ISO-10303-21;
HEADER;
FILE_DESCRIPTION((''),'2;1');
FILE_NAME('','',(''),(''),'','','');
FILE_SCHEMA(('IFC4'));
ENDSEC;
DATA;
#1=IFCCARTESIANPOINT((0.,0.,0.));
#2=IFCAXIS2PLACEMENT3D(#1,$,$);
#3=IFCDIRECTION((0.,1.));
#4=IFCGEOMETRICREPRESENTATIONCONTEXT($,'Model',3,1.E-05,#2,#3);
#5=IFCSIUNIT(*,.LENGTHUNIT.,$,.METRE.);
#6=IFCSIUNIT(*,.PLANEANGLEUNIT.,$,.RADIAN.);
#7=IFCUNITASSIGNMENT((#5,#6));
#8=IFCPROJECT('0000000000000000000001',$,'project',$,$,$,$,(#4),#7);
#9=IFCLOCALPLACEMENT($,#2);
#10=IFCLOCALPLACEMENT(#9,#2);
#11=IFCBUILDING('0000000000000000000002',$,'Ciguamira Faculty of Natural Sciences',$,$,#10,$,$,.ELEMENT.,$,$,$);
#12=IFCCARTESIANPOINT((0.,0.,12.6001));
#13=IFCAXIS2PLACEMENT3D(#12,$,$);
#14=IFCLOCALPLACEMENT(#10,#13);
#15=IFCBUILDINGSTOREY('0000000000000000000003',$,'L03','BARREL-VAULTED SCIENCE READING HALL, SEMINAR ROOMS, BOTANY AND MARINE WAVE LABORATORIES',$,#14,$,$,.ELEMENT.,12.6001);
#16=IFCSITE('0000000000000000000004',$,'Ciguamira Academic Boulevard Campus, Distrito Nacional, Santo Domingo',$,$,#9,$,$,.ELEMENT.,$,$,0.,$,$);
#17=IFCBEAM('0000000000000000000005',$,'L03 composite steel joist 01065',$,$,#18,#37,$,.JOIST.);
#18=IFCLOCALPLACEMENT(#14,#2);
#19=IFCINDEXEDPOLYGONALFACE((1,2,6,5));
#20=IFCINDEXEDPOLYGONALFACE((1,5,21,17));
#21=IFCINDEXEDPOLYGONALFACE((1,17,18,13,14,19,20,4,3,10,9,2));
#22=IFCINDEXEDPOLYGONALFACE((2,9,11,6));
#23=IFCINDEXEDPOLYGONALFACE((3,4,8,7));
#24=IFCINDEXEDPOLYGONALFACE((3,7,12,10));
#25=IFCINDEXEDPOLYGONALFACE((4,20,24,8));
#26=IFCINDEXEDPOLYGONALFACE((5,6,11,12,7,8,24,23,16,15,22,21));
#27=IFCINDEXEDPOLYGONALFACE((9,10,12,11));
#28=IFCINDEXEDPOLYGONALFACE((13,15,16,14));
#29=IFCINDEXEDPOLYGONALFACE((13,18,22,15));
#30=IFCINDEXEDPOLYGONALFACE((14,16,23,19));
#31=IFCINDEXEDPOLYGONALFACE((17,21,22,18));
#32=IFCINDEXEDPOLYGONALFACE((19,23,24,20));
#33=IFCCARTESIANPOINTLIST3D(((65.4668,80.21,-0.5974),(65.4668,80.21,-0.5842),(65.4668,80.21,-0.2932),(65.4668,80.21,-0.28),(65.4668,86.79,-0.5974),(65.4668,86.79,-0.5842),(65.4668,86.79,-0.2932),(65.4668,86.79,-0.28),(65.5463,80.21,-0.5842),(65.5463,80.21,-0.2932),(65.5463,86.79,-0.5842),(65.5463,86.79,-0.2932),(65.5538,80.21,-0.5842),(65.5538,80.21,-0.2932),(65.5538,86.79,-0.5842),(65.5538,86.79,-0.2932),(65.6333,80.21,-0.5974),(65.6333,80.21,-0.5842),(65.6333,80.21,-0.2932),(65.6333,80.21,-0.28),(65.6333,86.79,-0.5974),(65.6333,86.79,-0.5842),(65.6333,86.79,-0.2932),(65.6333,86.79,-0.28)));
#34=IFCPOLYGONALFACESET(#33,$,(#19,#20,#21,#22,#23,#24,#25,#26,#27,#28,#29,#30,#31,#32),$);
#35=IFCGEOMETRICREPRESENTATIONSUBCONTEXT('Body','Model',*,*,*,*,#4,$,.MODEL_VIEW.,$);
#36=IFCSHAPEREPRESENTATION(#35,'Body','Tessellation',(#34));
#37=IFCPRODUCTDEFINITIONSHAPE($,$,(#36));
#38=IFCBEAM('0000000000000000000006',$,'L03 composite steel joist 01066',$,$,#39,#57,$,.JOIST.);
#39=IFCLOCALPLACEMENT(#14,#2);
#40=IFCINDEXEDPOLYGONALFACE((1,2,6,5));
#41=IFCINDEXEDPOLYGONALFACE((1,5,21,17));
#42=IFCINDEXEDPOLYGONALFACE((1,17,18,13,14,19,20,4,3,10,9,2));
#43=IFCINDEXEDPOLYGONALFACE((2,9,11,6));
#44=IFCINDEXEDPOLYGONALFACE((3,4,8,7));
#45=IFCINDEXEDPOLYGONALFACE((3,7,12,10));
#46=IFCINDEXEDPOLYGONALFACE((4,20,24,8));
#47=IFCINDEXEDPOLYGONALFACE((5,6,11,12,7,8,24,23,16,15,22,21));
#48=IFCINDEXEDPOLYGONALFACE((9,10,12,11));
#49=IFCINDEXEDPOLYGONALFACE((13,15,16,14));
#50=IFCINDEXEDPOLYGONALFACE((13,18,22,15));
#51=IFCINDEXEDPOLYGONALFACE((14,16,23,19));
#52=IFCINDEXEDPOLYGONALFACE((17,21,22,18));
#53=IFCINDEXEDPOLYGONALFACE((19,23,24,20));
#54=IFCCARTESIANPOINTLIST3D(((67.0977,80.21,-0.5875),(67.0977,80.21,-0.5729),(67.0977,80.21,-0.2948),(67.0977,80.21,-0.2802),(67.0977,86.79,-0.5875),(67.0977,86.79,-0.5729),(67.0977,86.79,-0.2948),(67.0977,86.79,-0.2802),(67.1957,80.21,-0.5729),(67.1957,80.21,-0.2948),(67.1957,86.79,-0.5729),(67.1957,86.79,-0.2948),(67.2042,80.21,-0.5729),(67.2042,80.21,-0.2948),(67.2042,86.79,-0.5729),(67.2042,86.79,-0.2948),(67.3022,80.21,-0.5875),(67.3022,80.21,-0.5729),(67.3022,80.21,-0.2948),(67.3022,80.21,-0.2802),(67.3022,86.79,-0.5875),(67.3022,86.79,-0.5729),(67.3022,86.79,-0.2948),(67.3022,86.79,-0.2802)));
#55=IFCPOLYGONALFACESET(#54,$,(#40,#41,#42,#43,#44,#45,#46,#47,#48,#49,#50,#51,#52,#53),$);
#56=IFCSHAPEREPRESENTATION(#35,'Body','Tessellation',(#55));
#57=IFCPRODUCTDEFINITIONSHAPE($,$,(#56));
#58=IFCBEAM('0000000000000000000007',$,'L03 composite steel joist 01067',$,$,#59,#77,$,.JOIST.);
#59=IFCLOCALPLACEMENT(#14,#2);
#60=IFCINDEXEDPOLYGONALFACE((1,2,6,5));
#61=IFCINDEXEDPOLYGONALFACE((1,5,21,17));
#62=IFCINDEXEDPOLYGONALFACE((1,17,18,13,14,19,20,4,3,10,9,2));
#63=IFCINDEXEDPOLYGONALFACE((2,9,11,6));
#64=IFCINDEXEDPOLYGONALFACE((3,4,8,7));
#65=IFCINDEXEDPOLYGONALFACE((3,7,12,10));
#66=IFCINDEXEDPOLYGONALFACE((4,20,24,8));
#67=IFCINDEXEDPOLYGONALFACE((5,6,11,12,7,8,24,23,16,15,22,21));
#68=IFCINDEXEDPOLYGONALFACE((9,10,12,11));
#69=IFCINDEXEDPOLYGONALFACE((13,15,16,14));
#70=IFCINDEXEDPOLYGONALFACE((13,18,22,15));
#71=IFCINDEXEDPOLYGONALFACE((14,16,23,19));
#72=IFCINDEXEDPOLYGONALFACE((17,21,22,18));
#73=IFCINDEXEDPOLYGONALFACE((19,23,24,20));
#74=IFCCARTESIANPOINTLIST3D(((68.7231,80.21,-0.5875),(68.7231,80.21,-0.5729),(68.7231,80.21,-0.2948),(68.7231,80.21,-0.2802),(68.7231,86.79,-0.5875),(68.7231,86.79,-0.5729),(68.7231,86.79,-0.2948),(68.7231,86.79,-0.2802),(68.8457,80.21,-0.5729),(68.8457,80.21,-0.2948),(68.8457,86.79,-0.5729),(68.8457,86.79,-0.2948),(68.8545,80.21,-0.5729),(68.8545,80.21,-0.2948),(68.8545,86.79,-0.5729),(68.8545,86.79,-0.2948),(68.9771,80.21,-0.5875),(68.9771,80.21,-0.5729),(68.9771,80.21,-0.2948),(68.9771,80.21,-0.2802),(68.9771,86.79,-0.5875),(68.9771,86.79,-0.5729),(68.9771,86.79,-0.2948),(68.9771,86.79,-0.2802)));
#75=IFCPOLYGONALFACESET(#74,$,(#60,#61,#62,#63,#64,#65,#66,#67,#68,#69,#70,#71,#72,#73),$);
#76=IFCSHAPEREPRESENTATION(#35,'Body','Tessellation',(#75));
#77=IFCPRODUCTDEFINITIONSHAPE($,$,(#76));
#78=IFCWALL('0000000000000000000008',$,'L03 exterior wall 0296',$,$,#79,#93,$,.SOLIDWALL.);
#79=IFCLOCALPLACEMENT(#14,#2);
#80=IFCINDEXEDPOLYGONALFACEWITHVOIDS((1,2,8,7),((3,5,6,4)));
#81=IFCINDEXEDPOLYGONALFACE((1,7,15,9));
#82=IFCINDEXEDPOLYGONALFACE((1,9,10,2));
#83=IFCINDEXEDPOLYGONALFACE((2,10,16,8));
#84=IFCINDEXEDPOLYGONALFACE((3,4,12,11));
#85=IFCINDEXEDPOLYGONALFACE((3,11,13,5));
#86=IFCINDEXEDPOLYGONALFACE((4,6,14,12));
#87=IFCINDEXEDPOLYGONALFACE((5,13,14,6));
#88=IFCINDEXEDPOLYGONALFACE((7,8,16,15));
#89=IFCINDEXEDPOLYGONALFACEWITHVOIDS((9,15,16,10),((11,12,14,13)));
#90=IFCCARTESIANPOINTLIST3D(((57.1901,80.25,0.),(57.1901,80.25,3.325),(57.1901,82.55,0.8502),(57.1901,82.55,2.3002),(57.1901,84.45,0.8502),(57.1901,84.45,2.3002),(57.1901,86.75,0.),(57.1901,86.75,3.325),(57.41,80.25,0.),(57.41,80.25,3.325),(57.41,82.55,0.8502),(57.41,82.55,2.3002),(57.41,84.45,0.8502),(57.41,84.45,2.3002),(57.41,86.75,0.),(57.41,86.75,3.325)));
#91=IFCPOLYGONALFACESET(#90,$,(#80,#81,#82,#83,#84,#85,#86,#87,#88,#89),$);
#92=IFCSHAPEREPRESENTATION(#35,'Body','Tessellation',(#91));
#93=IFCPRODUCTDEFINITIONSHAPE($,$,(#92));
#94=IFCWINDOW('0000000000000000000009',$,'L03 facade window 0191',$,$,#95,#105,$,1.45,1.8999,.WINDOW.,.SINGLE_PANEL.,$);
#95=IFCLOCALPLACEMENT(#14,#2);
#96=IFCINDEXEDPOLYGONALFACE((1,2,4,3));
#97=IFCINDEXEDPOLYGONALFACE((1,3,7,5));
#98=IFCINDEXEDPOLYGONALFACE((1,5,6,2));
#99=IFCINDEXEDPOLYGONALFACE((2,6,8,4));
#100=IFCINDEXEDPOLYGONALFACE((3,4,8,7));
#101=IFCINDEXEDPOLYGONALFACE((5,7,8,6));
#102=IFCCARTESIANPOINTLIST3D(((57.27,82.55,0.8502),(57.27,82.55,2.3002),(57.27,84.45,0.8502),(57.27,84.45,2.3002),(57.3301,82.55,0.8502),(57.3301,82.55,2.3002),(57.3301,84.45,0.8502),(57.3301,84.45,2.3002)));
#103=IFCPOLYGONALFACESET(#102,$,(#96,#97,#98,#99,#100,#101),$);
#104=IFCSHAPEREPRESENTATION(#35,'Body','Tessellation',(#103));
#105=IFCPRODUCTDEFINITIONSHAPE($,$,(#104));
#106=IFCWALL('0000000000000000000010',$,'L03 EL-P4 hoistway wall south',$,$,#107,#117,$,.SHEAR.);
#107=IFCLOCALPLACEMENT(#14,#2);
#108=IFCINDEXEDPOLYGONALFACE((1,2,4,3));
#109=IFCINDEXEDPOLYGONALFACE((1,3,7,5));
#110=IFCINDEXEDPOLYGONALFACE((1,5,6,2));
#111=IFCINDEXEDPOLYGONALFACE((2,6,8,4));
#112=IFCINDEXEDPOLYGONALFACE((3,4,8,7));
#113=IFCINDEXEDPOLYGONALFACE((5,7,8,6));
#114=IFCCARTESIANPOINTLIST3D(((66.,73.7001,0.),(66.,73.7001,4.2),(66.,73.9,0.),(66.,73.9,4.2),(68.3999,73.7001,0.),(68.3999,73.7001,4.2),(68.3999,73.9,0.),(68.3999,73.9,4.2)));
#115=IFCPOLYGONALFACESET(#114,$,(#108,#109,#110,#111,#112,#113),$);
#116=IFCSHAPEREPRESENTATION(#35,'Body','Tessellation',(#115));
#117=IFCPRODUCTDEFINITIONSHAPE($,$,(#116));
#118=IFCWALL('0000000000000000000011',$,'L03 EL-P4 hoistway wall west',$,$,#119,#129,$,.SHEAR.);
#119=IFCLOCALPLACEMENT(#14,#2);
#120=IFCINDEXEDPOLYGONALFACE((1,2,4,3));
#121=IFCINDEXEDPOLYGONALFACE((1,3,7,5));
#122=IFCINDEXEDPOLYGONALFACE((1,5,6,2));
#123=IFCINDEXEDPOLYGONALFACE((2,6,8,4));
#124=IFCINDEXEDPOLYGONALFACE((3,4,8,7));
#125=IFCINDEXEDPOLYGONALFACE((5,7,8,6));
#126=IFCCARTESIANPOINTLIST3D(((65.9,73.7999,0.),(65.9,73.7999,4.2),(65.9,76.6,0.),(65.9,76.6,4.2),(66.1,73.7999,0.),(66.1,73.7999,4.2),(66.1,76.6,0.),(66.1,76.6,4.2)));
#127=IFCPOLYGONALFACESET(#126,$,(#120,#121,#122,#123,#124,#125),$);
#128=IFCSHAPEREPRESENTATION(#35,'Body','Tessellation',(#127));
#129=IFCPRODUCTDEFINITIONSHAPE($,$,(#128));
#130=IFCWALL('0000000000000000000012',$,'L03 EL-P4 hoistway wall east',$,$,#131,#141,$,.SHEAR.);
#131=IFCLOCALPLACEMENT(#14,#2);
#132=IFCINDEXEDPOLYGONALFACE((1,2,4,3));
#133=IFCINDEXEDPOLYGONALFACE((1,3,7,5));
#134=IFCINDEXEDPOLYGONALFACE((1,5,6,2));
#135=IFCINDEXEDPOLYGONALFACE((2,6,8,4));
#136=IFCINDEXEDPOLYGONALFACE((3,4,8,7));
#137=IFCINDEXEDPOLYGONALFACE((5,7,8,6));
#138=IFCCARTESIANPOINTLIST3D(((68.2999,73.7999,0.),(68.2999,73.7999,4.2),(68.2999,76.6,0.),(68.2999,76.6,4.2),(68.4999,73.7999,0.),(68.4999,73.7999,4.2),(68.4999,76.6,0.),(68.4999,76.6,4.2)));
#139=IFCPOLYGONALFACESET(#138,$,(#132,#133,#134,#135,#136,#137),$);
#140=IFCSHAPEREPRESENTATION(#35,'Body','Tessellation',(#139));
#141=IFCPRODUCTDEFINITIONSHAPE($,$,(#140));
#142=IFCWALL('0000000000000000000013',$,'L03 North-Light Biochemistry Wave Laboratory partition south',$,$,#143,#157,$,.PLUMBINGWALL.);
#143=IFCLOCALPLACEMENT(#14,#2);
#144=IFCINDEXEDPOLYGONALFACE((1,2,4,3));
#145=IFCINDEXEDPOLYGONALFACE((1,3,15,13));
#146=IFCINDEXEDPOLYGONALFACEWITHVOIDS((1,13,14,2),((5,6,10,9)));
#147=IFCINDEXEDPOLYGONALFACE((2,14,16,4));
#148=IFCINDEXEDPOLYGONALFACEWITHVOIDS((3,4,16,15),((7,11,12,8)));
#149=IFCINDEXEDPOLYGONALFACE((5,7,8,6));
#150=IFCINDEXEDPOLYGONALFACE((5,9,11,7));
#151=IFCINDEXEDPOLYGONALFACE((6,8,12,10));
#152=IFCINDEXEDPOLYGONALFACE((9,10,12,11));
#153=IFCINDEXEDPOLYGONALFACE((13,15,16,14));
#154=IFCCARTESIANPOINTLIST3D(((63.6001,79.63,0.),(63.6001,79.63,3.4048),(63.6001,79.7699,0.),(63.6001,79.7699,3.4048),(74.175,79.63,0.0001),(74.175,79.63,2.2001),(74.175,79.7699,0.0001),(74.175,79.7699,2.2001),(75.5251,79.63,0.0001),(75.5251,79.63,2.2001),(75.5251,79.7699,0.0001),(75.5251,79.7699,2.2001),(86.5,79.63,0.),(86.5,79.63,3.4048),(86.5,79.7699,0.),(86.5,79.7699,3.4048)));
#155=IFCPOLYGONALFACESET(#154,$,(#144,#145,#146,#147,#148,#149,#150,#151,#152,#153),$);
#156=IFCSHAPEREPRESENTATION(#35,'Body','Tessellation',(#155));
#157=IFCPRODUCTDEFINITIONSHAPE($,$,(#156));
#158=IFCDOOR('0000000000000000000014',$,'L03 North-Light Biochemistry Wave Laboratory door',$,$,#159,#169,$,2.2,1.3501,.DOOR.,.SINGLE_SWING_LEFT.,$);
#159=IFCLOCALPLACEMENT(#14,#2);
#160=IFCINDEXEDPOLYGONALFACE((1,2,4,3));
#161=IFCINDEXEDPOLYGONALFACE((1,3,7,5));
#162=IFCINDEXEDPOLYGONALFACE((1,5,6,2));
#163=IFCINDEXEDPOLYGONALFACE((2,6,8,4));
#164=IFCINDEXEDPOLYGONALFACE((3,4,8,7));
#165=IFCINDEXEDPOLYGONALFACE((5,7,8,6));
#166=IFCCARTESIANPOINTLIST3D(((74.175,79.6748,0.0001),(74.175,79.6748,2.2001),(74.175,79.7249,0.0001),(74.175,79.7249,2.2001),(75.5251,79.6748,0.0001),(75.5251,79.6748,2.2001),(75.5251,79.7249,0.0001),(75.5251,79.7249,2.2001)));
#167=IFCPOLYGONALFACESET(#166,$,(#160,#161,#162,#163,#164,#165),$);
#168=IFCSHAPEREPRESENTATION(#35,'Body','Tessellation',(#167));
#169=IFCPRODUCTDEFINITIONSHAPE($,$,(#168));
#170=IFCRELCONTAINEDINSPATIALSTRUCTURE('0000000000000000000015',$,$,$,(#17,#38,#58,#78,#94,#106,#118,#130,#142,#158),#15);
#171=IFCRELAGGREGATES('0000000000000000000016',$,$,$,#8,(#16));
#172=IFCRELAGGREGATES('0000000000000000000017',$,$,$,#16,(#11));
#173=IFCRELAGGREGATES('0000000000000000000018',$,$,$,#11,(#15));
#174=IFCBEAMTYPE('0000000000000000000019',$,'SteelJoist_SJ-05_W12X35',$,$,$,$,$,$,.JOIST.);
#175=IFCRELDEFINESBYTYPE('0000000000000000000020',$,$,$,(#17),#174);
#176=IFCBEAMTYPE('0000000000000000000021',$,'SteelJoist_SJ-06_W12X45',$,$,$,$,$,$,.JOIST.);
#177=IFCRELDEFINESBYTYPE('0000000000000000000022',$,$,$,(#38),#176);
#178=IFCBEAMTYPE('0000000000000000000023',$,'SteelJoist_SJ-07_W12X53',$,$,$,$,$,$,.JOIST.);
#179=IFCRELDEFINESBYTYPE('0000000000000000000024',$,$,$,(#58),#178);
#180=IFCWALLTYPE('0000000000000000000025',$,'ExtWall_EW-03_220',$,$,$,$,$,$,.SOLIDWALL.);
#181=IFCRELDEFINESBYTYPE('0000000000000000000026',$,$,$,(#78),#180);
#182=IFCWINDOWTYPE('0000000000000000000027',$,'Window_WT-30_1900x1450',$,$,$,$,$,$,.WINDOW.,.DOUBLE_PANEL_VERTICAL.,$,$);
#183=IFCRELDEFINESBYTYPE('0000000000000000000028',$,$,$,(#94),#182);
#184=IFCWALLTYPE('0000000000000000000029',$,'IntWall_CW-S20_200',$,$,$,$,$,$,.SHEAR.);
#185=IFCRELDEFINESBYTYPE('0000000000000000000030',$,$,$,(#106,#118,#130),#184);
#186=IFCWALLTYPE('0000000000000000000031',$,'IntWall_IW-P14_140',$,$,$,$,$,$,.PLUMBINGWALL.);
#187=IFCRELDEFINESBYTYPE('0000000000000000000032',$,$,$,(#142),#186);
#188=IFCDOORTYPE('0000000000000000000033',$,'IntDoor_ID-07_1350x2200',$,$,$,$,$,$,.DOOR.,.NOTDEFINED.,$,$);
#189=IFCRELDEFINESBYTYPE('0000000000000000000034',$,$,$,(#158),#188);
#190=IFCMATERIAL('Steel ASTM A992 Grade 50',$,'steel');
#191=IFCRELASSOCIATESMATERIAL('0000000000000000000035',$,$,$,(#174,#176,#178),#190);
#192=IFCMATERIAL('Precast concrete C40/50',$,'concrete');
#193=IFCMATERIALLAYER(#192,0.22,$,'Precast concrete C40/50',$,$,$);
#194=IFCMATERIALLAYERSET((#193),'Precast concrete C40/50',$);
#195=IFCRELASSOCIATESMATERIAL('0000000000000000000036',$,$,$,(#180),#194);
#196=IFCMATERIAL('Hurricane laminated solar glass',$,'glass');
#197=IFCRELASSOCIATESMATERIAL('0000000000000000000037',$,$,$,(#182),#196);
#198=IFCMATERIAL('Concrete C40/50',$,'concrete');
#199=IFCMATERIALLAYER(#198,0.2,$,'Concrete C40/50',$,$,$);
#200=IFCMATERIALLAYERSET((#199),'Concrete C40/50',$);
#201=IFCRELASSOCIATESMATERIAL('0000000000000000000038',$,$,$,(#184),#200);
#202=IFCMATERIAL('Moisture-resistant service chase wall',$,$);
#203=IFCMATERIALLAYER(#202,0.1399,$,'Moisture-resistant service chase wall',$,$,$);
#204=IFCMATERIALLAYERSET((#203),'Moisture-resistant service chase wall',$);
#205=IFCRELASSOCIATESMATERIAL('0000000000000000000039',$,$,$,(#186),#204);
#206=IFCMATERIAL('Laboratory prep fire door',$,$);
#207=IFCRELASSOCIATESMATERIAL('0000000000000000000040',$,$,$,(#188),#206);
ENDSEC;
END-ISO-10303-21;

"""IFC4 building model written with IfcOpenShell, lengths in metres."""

from ifc_helpers import new_model, si_unit, direction, frame, frame_2d, origin, origin_2d, place, context, subcontext, project, spatial, rectangle, i_section, extrude, material, layer, layer_set, material_profile, profile_set, type_object, element, fill, save


model = new_model("IFC4")

# Units and contexts
model_context = context("Model", 3, precision=1e-05, world=origin(), true_north=direction((0.0, 1.0)))
body_context = subcontext(model_context, "Body", "Model", "MODEL_VIEW")
ifc_project = project(units=[si_unit("LENGTHUNIT", "METRE"), si_unit("PLANEANGLEUNIT", "RADIAN")], contexts=[model_context])

# Site, building, storey
site_placement = place(None, origin())
site = spatial("IfcSite", under=ifc_project, at=site_placement, Name="Ciguamira Academic Boulevard Campus, Distrito Nacional, Santo Domingo", CompositionType="ELEMENT", RefElevation=0.0)
building_placement = place(site_placement, origin())
building = spatial("IfcBuilding", under=site, at=building_placement, Name="Ciguamira Faculty of Natural Sciences", CompositionType="ELEMENT")
storey_placement = place(building_placement, frame((0.0, 0.0, 12.6001)))
storey = spatial("IfcBuildingStorey", under=building, at=storey_placement, Name="L03", Description="BARREL-VAULTED SCIENCE READING HALL, SEMINAR ROOMS, BOTANY AND MARINE WAVE LABORATORIES", CompositionType="ELEMENT", Elevation=12.6001)

# Shared definitions
ifc_material_1 = material(Name="Concrete C40/50", Category="concrete")

# Beams
ifc_material_2 = material(Name="Precast concrete C40/50", Category="concrete")
ifc_material_3 = material(Name="Steel ASTM A992 Grade 50", Category="steel")
ifc_material_profile_1 = material_profile(ifc_material_3, i_section(OverallWidth=0.1665, OverallDepth=0.3174, WebThickness=0.0076, FlangeThickness=0.0132, at=origin_2d()), Name="W12X35")
ifc_profile_set_1 = profile_set([ifc_material_profile_1], Name="Steel ASTM A992 Grade 50")
beam_type_1 = type_object("IfcBeamType", Name="SteelJoist_SJ-05_W12X35", PredefinedType="JOIST", material=ifc_profile_set_1)
beam_1_placement = place(storey_placement, frame((65.55, 80.21, -0.4387), z_axis=(0.0, 1.0, 0.0), x_axis=(-1.0, 0.0, 0.0)))
element("IfcBeam", 1, at=beam_1_placement, inside=storey, type_object=beam_type_1, Name="L03 composite steel joist 01065", PredefinedType="JOIST", context=body_context, shape_type="SweptSolid", body=[
    extrude(i_section(OverallWidth=0.1665, OverallDepth=0.3174, WebThickness=0.0076, FlangeThickness=0.0132, at=origin_2d()), origin(), (0.0, 0.0, 1.0), 6.5801),
])
ifc_material_profile_2 = material_profile(ifc_material_3, i_section(OverallWidth=0.2046, OverallDepth=0.3074, WebThickness=0.0085, FlangeThickness=0.0146, at=origin_2d()), Name="W12X45")
ifc_profile_set_2 = profile_set([ifc_material_profile_2], Name="Steel ASTM A992 Grade 50")
beam_type_2 = type_object("IfcBeamType", Name="SteelJoist_SJ-06_W12X45", PredefinedType="JOIST", material=ifc_profile_set_2)
beam_2_placement = place(storey_placement, frame((67.2, 80.21, -0.4338), z_axis=(0.0, 1.0, 0.0), x_axis=(-1.0, 0.0, 0.0)))
element("IfcBeam", 2, at=beam_2_placement, inside=storey, type_object=beam_type_2, Name="L03 composite steel joist 01066", PredefinedType="JOIST", context=body_context, shape_type="SweptSolid", body=[
    extrude(i_section(OverallWidth=0.2046, OverallDepth=0.3074, WebThickness=0.0085, FlangeThickness=0.0146, at=origin_2d()), origin(), (0.0, 0.0, 1.0), 6.5801),
])
ifc_material_profile_3 = material_profile(ifc_material_3, i_section(OverallWidth=0.2539, OverallDepth=0.3074, WebThickness=0.0088, FlangeThickness=0.0146, at=origin_2d()), Name="W12X53")
ifc_profile_set_3 = profile_set([ifc_material_profile_3], Name="Steel ASTM A992 Grade 50")
beam_type_3 = type_object("IfcBeamType", Name="SteelJoist_SJ-07_W12X53", PredefinedType="JOIST", material=ifc_profile_set_3)
beam_3_placement = place(storey_placement, frame((68.8501, 80.21, -0.4338), z_axis=(0.0, 1.0, 0.0), x_axis=(-1.0, 0.0, 0.0)))
element("IfcBeam", 3, at=beam_3_placement, inside=storey, type_object=beam_type_3, Name="L03 composite steel joist 01067", PredefinedType="JOIST", context=body_context, shape_type="SweptSolid", body=[
    extrude(i_section(OverallWidth=0.2539, OverallDepth=0.3074, WebThickness=0.0088, FlangeThickness=0.0146, at=origin_2d()), origin(), (0.0, 0.0, 1.0), 6.5801),
])

# Wall, opening, window
ifc_layer_1 = layer(ifc_material_2, 0.22, Name="Precast concrete C40/50")
ifc_layer_set_1 = layer_set([ifc_layer_1], Name="Precast concrete C40/50")
wall_type_1 = type_object("IfcWallType", Name="ExtWall_EW-03_220", PredefinedType="SOLIDWALL", material=ifc_layer_set_1)
wall_1_placement = place(storey_placement, frame((57.3, 80.25, 0.0), z_axis=(0.0, 0.0, 1.0), x_axis=(0.0, 1.0, 0.0)))
wall_1 = element("IfcWall", 4, at=wall_1_placement, inside=storey, type_object=wall_type_1, Name="L03 exterior wall 0296", PredefinedType="SOLIDWALL", context=body_context, shape_type="SweptSolid", body=[
    extrude(rectangle(XDim=6.5, YDim=0.22, at=frame_2d((3.25, 0.0))), origin(), (0.0, 0.0, 1.0), 3.325),
])
opening_1_placement = place(wall_1_placement, frame((2.3, 0.0, 0.8501)))
opening_1 = element("IfcOpeningElement", 5, at=opening_1_placement, cuts=wall_1, PredefinedType="OPENING", context=body_context, shape_type="SweptSolid", body=[
    extrude(rectangle(XDim=1.8999, YDim=1.45, at=frame_2d((0.95, 0.7251))), frame((0.0, 0.1199, 0.0), z_axis=(0.0, -1.0, 0.0), x_axis=(1.0, 0.0, 0.0)), (0.0, 0.0, 1.0), 0.24),
])
ifc_material_4 = material(Name="Hurricane laminated solar glass", Category="glass")
window_type = type_object("IfcWindowType", Name="Window_WT-30_1900x1450", PartitioningType="DOUBLE_PANEL_VERTICAL", PredefinedType="WINDOW", material=ifc_material_4)
window_placement = place(opening_1_placement, origin())
window = element("IfcWindow", 6, at=window_placement, inside=storey, type_object=window_type, Name="L03 facade window 0191", OverallHeight=1.45, OverallWidth=1.8999, PartitioningType="SINGLE_PANEL", PredefinedType="WINDOW", context=body_context, shape_type="SweptSolid", body=[
    extrude(rectangle(XDim=1.8999, YDim=1.45, at=frame_2d((0.95, 0.7251))), frame((0.0, 0.03, 0.0), z_axis=(0.0, -1.0, 0.0), x_axis=(1.0, 0.0, 0.0)), (0.0, 0.0, 1.0), 0.0601),
])
fill(opening_1, window)

# Wall
ifc_layer_2 = layer(ifc_material_1, 0.2, Name="Concrete C40/50")
ifc_layer_set_2 = layer_set([ifc_layer_2], Name="Concrete C40/50")
wall_type_2 = type_object("IfcWallType", Name="IntWall_CW-S20_200", PredefinedType="SHEAR", material=ifc_layer_set_2)
wall_2_placement = place(storey_placement, frame((66.0, 73.8, 0.0), z_axis=(0.0, 0.0, 1.0), x_axis=(1.0, 0.0, 0.0)))
element("IfcWall", 7, at=wall_2_placement, inside=storey, type_object=wall_type_2, Name="L03 EL-P4 hoistway wall south", PredefinedType="SHEAR", context=body_context, shape_type="SweptSolid", body=[
    extrude(rectangle(XDim=2.3999, YDim=0.2, at=frame_2d((1.2, 0.0))), origin(), (0.0, 0.0, 1.0), 4.2),
])

# Walls
for number, where, z_axis, x_axis, name in (
    (8, (66.0, 73.8, 0.0), (0.0, 0.0, 1.0), (0.0, 1.0, 0.0), "L03 EL-P4 hoistway wall west"),
    (9, (68.3999, 73.8, 0.0), (0.0, 0.0, 1.0), (0.0, 1.0, 0.0), "L03 EL-P4 hoistway wall east"),
):
    element("IfcWall", number, at=place(storey_placement, frame(where, z_axis=z_axis, x_axis=x_axis)), inside=storey, type_object=wall_type_2, Name=name, PredefinedType="SHEAR", context=body_context, shape_type="SweptSolid", body=[
        extrude(rectangle(XDim=2.8, YDim=0.2, at=frame_2d((1.3999, 0.0))), origin(), (0.0, 0.0, 1.0), 4.2),
    ])

# Wall, opening, door
ifc_material_5 = material(Name="Moisture-resistant service chase wall")
ifc_layer_3 = layer(ifc_material_5, 0.1399, Name="Moisture-resistant service chase wall")
ifc_layer_set_3 = layer_set([ifc_layer_3], Name="Moisture-resistant service chase wall")
wall_type_3 = type_object("IfcWallType", Name="IntWall_IW-P14_140", PredefinedType="PLUMBINGWALL", material=ifc_layer_set_3)
wall_3_placement = place(storey_placement, frame((63.6001, 79.7, 0.0), z_axis=(0.0, 0.0, 1.0), x_axis=(1.0, 0.0, 0.0)))
wall_3 = element("IfcWall", 10, at=wall_3_placement, inside=storey, type_object=wall_type_3, Name="L03 North-Light Biochemistry Wave Laboratory partition south", PredefinedType="PLUMBINGWALL", context=body_context, shape_type="SweptSolid", body=[
    extrude(rectangle(XDim=22.8999, YDim=0.1399, at=frame_2d((11.45, 0.0))), origin(), (0.0, 0.0, 1.0), 3.4048),
])
opening_2_placement = place(wall_3_placement, frame((10.575, 0.0, 0.0)))
opening_2 = element("IfcOpeningElement", 11, at=opening_2_placement, cuts=wall_3, PredefinedType="OPENING", context=body_context, shape_type="SweptSolid", body=[
    extrude(rectangle(XDim=1.3501, YDim=2.2, at=frame_2d((0.675, 1.1001))), frame((0.0, 0.0798, 0.0), z_axis=(0.0, -1.0, 0.0), x_axis=(1.0, 0.0, 0.0)), (0.0, 0.0, 1.0), 0.1599),
])
ifc_material_6 = material(Name="Laboratory prep fire door")
door_type_1 = type_object("IfcDoorType", Name="IntDoor_ID-07_1350x2200", OperationType="NOTDEFINED", PredefinedType="DOOR", material=ifc_material_6)
door_1_placement = place(opening_2_placement, origin())
door_1 = element("IfcDoor", 12, at=door_1_placement, inside=storey, type_object=door_type_1, Name="L03 North-Light Biochemistry Wave Laboratory door", OperationType="SINGLE_SWING_LEFT", OverallHeight=2.2, OverallWidth=1.3501, PredefinedType="DOOR", context=body_context, shape_type="SweptSolid", body=[
    extrude(rectangle(XDim=1.3501, YDim=2.2, at=frame_2d((0.675, 1.1001))), frame((0.0, 0.0249, 0.0), z_axis=(0.0, -1.0, 0.0), x_axis=(1.0, 0.0, 0.0)), (0.0, 0.0, 1.0), 0.05),
])
fill(opening_2, door_1)

save(model, "model.ifc")
